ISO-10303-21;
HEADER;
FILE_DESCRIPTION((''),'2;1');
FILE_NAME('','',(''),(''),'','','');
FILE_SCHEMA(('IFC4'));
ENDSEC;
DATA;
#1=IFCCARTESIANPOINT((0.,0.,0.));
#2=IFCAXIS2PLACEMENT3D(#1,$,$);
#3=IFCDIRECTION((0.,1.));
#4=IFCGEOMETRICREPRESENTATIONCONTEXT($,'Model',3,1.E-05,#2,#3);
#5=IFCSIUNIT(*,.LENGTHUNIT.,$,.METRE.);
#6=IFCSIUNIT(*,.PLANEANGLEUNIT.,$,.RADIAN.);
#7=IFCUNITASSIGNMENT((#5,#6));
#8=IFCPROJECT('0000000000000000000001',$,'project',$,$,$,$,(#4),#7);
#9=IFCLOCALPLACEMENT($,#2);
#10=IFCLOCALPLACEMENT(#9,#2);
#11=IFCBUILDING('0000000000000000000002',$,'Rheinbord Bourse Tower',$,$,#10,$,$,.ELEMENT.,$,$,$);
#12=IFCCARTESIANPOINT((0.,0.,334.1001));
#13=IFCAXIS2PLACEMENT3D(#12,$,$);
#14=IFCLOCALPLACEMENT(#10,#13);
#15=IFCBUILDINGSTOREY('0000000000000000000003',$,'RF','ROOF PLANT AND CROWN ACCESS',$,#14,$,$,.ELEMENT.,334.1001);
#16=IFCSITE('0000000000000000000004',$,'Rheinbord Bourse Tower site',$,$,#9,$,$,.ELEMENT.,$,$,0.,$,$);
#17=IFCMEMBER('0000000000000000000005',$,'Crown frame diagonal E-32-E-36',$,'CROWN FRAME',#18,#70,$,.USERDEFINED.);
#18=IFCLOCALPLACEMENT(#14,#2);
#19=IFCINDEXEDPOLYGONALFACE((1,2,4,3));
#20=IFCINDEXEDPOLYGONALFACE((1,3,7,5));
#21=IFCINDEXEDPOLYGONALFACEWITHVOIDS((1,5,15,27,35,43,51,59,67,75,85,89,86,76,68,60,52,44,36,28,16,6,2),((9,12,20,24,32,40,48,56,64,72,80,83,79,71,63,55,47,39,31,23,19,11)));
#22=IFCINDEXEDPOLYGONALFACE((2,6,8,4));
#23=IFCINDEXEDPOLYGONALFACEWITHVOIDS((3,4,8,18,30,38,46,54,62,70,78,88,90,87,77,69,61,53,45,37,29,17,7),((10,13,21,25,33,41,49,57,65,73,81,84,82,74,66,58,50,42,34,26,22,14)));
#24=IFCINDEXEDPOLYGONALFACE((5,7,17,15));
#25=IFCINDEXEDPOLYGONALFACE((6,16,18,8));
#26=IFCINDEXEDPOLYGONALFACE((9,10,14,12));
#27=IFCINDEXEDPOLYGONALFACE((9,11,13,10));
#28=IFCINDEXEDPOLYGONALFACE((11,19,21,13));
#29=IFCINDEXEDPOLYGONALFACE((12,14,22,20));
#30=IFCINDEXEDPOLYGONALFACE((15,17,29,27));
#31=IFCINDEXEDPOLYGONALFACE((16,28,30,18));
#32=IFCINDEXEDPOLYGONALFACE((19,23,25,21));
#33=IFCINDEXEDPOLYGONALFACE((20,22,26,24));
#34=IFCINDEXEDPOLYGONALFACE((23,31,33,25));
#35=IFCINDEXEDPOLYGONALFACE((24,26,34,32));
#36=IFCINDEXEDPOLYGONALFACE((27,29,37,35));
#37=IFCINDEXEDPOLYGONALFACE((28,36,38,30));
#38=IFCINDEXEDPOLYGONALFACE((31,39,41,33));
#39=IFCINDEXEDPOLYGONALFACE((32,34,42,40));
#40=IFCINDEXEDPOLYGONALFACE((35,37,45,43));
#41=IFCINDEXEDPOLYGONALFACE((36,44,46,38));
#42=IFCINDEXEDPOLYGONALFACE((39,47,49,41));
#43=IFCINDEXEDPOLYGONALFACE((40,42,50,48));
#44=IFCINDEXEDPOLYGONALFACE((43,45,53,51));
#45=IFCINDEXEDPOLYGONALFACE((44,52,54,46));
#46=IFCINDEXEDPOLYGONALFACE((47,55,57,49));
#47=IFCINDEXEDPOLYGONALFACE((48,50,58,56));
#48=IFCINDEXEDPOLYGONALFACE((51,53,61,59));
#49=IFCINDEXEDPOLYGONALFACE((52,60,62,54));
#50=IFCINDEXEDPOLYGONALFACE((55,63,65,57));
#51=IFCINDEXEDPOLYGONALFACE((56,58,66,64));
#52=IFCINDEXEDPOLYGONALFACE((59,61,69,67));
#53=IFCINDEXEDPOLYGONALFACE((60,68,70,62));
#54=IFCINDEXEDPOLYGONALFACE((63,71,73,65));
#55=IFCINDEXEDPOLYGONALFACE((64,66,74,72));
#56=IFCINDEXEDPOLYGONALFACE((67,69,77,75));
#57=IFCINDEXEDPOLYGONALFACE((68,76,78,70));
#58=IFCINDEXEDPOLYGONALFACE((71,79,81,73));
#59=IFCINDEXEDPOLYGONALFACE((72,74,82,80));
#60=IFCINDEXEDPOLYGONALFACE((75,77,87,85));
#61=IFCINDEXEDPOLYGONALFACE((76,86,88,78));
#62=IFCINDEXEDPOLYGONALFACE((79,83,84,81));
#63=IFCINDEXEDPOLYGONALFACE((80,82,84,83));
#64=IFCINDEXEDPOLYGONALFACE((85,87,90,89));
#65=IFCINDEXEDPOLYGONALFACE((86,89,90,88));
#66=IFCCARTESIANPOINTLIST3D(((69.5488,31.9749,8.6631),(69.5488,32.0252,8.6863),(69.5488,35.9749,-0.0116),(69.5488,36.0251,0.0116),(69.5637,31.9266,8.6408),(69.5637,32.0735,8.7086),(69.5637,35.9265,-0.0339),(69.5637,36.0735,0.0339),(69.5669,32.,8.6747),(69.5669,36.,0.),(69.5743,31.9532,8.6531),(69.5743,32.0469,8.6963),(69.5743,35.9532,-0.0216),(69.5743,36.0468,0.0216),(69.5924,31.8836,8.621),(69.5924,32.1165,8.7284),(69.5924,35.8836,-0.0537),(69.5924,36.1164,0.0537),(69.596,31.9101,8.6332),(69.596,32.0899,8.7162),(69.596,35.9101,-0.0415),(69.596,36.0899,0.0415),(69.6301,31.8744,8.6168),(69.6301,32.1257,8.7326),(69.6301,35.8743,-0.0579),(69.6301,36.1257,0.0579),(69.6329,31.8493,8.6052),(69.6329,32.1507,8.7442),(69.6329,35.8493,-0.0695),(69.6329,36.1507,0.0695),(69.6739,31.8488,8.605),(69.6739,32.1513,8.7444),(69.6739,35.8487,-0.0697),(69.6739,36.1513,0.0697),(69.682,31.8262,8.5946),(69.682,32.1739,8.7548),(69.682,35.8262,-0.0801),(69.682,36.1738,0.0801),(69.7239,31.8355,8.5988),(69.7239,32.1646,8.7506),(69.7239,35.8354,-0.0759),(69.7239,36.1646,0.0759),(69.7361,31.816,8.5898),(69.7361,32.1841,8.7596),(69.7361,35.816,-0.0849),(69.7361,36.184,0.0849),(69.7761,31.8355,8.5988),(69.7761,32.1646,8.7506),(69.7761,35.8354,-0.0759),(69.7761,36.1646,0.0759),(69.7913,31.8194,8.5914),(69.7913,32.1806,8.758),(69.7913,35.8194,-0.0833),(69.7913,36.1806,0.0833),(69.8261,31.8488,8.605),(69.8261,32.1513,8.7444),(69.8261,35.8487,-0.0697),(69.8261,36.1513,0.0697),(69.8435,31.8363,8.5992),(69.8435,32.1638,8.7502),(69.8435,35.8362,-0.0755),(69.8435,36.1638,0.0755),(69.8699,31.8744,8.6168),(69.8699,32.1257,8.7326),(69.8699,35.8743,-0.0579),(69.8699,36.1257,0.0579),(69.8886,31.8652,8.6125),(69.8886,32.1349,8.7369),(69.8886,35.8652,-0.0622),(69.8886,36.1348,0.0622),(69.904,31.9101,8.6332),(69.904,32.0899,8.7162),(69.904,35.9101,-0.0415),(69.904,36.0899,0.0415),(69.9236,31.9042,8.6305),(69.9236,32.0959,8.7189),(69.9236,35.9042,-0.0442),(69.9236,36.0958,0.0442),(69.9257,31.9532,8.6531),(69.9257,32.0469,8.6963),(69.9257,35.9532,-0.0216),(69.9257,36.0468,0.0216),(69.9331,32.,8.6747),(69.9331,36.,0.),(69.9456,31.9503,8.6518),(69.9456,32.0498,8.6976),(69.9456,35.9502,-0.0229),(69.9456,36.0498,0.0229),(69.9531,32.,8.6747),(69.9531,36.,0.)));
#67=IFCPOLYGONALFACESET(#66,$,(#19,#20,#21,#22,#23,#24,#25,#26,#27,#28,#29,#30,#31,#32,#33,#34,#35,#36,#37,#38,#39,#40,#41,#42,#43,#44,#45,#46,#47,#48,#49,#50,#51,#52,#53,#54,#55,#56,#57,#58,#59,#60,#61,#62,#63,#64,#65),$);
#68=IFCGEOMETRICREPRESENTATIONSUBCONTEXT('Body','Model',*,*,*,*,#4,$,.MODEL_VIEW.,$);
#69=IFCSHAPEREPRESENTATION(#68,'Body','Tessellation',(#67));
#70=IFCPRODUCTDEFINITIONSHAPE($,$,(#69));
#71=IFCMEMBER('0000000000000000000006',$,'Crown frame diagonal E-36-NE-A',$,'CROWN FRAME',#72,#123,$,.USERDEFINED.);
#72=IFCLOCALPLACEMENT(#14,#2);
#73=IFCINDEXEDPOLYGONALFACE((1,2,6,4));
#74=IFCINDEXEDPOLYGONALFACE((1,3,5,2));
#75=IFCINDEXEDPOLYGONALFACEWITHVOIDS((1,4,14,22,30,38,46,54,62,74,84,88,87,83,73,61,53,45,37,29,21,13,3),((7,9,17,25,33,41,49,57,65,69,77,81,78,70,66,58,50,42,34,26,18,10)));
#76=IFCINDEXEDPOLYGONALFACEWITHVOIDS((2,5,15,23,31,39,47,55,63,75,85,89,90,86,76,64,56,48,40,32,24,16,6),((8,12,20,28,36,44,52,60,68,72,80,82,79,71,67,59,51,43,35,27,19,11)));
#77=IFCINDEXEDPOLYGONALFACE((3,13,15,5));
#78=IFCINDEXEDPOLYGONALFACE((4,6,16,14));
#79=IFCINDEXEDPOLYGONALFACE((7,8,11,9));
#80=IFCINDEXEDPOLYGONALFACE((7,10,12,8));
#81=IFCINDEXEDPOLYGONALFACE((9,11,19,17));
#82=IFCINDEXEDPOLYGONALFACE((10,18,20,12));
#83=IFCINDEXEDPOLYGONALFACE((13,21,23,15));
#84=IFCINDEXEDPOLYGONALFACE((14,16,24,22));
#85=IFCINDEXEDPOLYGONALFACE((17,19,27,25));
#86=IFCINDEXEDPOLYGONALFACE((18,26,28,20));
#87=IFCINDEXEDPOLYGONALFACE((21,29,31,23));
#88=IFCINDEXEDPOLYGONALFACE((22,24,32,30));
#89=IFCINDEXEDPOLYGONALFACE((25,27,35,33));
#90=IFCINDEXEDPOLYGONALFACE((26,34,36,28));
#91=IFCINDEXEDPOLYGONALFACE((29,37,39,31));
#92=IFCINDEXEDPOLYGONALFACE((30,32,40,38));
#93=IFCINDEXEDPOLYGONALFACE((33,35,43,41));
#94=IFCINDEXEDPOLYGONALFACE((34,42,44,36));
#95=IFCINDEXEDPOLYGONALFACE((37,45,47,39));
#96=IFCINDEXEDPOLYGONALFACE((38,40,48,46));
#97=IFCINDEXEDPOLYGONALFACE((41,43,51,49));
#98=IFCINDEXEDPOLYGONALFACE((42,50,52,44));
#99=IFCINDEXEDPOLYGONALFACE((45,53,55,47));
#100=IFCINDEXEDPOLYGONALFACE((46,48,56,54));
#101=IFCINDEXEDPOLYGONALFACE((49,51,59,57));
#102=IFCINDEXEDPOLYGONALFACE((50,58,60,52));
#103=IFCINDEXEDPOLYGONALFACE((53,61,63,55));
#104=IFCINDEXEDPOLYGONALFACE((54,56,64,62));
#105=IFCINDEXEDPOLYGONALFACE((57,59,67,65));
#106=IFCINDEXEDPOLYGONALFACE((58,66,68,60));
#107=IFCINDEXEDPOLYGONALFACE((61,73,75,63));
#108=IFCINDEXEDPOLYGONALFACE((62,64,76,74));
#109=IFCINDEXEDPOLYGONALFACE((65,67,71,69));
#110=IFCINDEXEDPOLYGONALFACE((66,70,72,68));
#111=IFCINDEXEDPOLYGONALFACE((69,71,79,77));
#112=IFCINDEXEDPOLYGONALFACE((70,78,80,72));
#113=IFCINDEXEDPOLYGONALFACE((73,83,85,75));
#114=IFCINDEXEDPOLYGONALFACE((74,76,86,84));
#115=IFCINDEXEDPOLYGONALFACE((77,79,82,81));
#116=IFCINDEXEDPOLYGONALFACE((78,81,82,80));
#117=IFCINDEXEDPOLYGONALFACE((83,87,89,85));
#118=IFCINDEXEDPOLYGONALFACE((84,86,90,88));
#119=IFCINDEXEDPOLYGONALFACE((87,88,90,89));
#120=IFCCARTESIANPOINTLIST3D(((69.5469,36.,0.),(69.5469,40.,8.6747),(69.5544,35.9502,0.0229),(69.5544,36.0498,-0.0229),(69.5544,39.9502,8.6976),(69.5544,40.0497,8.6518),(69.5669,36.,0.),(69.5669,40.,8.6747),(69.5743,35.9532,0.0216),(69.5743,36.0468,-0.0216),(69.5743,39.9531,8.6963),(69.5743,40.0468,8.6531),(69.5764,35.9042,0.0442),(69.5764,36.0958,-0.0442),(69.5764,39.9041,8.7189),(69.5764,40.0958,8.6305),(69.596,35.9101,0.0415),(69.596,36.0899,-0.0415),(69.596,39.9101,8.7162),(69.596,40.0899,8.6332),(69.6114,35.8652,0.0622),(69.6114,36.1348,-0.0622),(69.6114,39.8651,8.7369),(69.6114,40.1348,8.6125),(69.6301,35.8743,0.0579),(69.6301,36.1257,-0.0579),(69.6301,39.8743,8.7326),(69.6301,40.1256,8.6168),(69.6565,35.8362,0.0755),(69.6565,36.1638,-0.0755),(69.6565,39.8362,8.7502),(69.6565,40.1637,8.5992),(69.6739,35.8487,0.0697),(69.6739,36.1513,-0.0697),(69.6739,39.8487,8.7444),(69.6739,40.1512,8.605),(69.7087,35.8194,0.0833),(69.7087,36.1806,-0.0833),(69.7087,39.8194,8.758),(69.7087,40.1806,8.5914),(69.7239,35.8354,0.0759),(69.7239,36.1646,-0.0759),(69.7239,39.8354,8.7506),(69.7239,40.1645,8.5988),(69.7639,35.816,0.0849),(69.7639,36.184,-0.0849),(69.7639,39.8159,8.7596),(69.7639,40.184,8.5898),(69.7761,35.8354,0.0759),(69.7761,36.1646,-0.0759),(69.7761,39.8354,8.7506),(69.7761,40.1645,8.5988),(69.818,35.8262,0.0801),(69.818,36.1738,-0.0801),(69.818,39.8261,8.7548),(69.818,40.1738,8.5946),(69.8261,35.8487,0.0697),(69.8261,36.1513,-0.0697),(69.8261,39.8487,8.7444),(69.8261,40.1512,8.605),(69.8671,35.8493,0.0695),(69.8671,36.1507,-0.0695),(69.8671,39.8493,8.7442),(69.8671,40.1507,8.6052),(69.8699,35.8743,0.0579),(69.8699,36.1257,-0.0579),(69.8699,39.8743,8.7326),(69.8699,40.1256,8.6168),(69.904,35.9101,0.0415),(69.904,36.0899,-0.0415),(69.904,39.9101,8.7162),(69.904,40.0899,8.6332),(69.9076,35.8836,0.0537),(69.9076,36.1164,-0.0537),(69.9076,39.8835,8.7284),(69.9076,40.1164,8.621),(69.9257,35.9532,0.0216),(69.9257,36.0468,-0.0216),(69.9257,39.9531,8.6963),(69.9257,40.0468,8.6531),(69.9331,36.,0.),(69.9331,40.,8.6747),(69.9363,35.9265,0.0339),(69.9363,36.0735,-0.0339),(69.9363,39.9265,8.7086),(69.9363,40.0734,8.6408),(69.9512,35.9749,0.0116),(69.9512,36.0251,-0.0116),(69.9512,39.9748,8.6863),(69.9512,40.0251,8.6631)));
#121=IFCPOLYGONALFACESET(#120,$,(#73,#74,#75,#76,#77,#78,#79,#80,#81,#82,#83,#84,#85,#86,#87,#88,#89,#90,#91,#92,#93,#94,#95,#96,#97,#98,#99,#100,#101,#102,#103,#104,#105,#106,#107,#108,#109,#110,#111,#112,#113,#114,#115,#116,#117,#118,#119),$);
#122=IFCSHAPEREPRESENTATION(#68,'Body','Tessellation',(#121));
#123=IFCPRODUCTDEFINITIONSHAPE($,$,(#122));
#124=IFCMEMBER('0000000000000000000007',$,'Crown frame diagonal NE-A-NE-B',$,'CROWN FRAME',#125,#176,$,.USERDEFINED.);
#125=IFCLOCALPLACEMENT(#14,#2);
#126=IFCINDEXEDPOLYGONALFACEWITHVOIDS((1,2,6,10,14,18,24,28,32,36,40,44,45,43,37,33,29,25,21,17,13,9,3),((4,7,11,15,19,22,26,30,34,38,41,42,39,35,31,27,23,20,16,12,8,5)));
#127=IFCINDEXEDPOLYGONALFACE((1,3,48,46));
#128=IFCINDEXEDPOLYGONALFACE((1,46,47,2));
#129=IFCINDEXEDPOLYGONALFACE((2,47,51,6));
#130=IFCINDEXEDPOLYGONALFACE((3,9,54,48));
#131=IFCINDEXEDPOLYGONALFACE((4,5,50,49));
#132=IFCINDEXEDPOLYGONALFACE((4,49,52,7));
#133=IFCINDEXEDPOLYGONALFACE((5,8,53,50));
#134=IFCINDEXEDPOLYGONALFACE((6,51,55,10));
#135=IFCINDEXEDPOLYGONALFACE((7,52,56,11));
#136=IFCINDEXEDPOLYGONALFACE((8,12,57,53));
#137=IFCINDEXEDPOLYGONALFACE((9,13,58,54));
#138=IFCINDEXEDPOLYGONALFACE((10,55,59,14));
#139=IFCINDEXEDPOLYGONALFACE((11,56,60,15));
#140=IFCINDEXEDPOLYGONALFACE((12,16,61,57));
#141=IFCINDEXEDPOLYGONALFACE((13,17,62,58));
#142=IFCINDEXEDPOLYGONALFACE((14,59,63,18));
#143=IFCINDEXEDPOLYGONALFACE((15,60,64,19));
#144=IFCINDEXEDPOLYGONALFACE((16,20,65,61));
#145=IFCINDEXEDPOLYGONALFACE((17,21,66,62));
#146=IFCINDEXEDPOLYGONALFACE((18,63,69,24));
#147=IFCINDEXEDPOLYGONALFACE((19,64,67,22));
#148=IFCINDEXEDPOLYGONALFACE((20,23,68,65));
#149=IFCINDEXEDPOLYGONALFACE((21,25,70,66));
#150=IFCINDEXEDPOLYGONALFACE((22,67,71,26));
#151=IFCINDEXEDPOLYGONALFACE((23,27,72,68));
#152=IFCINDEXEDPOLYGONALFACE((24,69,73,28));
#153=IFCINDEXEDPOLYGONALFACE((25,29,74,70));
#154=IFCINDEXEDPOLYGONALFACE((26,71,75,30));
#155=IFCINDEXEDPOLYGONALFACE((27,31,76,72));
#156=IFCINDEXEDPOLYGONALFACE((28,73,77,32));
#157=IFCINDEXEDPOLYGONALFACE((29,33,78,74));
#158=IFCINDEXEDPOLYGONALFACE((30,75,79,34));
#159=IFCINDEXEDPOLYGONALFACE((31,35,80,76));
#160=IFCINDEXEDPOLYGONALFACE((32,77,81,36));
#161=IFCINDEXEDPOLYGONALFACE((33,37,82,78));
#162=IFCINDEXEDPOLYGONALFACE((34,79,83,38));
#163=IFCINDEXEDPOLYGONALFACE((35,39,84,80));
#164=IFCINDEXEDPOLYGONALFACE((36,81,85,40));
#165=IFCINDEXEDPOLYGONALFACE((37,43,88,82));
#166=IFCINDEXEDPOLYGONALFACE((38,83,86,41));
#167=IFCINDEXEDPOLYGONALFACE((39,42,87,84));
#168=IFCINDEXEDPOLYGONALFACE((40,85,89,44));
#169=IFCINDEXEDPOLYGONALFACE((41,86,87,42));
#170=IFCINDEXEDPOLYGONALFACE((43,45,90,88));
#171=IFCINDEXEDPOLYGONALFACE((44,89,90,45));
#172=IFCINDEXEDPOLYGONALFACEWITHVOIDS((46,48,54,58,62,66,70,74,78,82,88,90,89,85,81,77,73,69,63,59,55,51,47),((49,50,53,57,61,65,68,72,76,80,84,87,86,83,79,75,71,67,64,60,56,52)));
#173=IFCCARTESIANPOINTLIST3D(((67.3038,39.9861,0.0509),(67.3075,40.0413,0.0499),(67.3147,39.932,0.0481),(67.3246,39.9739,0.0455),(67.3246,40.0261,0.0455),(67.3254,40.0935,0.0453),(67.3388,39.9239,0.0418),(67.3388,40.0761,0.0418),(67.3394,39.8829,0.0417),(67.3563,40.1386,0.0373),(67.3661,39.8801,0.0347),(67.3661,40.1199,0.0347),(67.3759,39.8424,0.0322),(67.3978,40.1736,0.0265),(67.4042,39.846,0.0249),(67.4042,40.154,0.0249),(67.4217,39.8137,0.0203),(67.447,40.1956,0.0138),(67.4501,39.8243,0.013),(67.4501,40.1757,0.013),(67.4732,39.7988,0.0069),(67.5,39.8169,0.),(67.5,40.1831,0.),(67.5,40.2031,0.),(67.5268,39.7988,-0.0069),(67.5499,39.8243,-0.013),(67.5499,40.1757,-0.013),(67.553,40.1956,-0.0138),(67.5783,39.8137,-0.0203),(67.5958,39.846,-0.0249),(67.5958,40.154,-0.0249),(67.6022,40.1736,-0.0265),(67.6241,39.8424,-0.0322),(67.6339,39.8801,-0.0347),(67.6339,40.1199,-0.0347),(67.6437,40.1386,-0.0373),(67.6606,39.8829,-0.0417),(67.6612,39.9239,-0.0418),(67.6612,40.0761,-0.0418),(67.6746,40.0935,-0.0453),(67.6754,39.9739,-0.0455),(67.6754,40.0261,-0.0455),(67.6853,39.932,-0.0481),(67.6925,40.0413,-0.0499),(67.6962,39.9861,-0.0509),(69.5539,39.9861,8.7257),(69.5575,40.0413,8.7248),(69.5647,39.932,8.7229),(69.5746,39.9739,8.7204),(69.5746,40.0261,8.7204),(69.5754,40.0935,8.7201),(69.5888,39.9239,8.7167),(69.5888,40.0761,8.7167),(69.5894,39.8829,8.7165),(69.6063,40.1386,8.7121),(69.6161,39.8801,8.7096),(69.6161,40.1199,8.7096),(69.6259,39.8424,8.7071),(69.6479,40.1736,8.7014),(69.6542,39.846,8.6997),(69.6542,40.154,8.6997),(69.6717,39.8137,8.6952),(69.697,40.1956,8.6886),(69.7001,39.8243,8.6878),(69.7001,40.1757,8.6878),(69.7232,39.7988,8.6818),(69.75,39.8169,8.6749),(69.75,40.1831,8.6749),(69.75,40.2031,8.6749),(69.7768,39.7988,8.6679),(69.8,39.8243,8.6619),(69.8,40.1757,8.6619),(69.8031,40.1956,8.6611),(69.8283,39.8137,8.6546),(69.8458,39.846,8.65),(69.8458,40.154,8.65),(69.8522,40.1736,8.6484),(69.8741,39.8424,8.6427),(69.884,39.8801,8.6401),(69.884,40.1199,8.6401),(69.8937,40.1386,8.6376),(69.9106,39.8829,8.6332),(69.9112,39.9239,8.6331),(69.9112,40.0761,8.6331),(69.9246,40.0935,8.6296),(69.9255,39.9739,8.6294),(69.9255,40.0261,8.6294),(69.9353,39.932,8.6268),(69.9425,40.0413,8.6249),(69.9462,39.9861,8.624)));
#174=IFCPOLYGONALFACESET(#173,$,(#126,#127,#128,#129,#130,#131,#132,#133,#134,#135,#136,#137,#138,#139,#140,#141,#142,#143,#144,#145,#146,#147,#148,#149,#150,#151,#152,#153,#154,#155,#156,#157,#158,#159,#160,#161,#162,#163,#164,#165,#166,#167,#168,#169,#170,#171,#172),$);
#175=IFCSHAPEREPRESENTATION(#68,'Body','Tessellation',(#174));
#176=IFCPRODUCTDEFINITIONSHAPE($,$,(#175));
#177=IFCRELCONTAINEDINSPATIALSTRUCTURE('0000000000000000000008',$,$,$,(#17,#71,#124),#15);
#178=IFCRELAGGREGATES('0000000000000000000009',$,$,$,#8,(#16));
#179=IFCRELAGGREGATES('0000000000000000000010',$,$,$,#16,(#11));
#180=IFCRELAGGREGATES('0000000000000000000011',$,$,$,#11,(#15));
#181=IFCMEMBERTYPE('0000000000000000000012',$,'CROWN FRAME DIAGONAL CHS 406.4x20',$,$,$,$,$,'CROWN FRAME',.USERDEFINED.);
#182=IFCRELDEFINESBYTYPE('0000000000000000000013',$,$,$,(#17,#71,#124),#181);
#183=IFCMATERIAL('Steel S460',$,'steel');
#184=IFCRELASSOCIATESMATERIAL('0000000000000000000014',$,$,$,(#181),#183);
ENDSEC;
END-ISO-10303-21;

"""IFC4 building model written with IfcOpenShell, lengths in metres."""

from ifc_helpers import new_model, si_unit, direction, frame, origin, origin_2d, place, context, subcontext, project, spatial, hollow_circle, extrude, material, material_profile, profile_set, type_object, element, save


model = new_model("IFC4")

# Units and contexts
model_context = context("Model", 3, precision=1e-05, world=origin(), true_north=direction((0.0, 1.0)))
body_context = subcontext(model_context, "Body", "Model", "MODEL_VIEW")
ifc_project = project(units=[si_unit("LENGTHUNIT", "METRE"), si_unit("PLANEANGLEUNIT", "RADIAN")], contexts=[model_context])

# Site, building, storey
site_placement = place(None, origin())
site = spatial("IfcSite", under=ifc_project, at=site_placement, Name="Rheinbord Bourse Tower site", CompositionType="ELEMENT", RefElevation=0.0)
building_placement = place(site_placement, origin())
building = spatial("IfcBuilding", under=site, at=building_placement, Name="Rheinbord Bourse Tower", CompositionType="ELEMENT")
storey_placement = place(building_placement, frame((0.0, 0.0, 334.1001)))
storey = spatial("IfcBuildingStorey", under=building, at=storey_placement, Name="RF", Description="ROOF PLANT AND CROWN ACCESS", CompositionType="ELEMENT", Elevation=334.1001)

# Members
ifc_material_1 = material(Name="Steel S460", Category="steel")
ifc_material_profile_1 = material_profile(ifc_material_1, hollow_circle(Radius=0.2031, WallThickness=0.02, at=origin_2d()), Name="CHS 406.4x20")
ifc_profile_set_1 = profile_set([ifc_material_profile_1], Name="Steel S460")
member_type = type_object("IfcMemberType", Name="CROWN FRAME DIAGONAL CHS 406.4x20", ElementType="CROWN FRAME", PredefinedType="USERDEFINED", material=ifc_profile_set_1)
for number, where, z_axis, x_axis, name in (
    (1, (69.75, 36.0, 0.0), (0.0, -0.418734, 0.908109), (1.0, 0.0, 0.0), "Crown frame diagonal E-32-E-36"),
    (2, (69.75, 36.0, 0.0), (0.0, 0.418734, 0.908109), (-1.0, 0.0, 0.0), "Crown frame diagonal E-36-NE-A"),
):
    element("IfcMember", number, at=place(storey_placement, frame(where, z_axis=z_axis, x_axis=x_axis)), inside=storey, type_object=member_type, Name=name, ObjectType="CROWN FRAME", PredefinedType="USERDEFINED", context=body_context, shape_type="SweptSolid", body=[
        extrude(hollow_circle(Radius=0.2031, WallThickness=0.02, at=origin_2d()), origin(), (0.0, 0.0, 1.0), 9.5525),
    ])
member_1_placement = place(storey_placement, frame((67.5, 40.0, 0.0), z_axis=(0.251064, 0.0, 0.96797), x_axis=(0.0, 1.0, 0.0)))
element("IfcMember", 3, at=member_1_placement, inside=storey, type_object=member_type, Name="Crown frame diagonal NE-A-NE-B", ObjectType="CROWN FRAME", PredefinedType="USERDEFINED", context=body_context, shape_type="SweptSolid", body=[
    extrude(hollow_circle(Radius=0.2031, WallThickness=0.02, at=origin_2d()), origin(), (0.0, 0.0, 1.0), 8.9619),
])

save(model, "model.ifc")
